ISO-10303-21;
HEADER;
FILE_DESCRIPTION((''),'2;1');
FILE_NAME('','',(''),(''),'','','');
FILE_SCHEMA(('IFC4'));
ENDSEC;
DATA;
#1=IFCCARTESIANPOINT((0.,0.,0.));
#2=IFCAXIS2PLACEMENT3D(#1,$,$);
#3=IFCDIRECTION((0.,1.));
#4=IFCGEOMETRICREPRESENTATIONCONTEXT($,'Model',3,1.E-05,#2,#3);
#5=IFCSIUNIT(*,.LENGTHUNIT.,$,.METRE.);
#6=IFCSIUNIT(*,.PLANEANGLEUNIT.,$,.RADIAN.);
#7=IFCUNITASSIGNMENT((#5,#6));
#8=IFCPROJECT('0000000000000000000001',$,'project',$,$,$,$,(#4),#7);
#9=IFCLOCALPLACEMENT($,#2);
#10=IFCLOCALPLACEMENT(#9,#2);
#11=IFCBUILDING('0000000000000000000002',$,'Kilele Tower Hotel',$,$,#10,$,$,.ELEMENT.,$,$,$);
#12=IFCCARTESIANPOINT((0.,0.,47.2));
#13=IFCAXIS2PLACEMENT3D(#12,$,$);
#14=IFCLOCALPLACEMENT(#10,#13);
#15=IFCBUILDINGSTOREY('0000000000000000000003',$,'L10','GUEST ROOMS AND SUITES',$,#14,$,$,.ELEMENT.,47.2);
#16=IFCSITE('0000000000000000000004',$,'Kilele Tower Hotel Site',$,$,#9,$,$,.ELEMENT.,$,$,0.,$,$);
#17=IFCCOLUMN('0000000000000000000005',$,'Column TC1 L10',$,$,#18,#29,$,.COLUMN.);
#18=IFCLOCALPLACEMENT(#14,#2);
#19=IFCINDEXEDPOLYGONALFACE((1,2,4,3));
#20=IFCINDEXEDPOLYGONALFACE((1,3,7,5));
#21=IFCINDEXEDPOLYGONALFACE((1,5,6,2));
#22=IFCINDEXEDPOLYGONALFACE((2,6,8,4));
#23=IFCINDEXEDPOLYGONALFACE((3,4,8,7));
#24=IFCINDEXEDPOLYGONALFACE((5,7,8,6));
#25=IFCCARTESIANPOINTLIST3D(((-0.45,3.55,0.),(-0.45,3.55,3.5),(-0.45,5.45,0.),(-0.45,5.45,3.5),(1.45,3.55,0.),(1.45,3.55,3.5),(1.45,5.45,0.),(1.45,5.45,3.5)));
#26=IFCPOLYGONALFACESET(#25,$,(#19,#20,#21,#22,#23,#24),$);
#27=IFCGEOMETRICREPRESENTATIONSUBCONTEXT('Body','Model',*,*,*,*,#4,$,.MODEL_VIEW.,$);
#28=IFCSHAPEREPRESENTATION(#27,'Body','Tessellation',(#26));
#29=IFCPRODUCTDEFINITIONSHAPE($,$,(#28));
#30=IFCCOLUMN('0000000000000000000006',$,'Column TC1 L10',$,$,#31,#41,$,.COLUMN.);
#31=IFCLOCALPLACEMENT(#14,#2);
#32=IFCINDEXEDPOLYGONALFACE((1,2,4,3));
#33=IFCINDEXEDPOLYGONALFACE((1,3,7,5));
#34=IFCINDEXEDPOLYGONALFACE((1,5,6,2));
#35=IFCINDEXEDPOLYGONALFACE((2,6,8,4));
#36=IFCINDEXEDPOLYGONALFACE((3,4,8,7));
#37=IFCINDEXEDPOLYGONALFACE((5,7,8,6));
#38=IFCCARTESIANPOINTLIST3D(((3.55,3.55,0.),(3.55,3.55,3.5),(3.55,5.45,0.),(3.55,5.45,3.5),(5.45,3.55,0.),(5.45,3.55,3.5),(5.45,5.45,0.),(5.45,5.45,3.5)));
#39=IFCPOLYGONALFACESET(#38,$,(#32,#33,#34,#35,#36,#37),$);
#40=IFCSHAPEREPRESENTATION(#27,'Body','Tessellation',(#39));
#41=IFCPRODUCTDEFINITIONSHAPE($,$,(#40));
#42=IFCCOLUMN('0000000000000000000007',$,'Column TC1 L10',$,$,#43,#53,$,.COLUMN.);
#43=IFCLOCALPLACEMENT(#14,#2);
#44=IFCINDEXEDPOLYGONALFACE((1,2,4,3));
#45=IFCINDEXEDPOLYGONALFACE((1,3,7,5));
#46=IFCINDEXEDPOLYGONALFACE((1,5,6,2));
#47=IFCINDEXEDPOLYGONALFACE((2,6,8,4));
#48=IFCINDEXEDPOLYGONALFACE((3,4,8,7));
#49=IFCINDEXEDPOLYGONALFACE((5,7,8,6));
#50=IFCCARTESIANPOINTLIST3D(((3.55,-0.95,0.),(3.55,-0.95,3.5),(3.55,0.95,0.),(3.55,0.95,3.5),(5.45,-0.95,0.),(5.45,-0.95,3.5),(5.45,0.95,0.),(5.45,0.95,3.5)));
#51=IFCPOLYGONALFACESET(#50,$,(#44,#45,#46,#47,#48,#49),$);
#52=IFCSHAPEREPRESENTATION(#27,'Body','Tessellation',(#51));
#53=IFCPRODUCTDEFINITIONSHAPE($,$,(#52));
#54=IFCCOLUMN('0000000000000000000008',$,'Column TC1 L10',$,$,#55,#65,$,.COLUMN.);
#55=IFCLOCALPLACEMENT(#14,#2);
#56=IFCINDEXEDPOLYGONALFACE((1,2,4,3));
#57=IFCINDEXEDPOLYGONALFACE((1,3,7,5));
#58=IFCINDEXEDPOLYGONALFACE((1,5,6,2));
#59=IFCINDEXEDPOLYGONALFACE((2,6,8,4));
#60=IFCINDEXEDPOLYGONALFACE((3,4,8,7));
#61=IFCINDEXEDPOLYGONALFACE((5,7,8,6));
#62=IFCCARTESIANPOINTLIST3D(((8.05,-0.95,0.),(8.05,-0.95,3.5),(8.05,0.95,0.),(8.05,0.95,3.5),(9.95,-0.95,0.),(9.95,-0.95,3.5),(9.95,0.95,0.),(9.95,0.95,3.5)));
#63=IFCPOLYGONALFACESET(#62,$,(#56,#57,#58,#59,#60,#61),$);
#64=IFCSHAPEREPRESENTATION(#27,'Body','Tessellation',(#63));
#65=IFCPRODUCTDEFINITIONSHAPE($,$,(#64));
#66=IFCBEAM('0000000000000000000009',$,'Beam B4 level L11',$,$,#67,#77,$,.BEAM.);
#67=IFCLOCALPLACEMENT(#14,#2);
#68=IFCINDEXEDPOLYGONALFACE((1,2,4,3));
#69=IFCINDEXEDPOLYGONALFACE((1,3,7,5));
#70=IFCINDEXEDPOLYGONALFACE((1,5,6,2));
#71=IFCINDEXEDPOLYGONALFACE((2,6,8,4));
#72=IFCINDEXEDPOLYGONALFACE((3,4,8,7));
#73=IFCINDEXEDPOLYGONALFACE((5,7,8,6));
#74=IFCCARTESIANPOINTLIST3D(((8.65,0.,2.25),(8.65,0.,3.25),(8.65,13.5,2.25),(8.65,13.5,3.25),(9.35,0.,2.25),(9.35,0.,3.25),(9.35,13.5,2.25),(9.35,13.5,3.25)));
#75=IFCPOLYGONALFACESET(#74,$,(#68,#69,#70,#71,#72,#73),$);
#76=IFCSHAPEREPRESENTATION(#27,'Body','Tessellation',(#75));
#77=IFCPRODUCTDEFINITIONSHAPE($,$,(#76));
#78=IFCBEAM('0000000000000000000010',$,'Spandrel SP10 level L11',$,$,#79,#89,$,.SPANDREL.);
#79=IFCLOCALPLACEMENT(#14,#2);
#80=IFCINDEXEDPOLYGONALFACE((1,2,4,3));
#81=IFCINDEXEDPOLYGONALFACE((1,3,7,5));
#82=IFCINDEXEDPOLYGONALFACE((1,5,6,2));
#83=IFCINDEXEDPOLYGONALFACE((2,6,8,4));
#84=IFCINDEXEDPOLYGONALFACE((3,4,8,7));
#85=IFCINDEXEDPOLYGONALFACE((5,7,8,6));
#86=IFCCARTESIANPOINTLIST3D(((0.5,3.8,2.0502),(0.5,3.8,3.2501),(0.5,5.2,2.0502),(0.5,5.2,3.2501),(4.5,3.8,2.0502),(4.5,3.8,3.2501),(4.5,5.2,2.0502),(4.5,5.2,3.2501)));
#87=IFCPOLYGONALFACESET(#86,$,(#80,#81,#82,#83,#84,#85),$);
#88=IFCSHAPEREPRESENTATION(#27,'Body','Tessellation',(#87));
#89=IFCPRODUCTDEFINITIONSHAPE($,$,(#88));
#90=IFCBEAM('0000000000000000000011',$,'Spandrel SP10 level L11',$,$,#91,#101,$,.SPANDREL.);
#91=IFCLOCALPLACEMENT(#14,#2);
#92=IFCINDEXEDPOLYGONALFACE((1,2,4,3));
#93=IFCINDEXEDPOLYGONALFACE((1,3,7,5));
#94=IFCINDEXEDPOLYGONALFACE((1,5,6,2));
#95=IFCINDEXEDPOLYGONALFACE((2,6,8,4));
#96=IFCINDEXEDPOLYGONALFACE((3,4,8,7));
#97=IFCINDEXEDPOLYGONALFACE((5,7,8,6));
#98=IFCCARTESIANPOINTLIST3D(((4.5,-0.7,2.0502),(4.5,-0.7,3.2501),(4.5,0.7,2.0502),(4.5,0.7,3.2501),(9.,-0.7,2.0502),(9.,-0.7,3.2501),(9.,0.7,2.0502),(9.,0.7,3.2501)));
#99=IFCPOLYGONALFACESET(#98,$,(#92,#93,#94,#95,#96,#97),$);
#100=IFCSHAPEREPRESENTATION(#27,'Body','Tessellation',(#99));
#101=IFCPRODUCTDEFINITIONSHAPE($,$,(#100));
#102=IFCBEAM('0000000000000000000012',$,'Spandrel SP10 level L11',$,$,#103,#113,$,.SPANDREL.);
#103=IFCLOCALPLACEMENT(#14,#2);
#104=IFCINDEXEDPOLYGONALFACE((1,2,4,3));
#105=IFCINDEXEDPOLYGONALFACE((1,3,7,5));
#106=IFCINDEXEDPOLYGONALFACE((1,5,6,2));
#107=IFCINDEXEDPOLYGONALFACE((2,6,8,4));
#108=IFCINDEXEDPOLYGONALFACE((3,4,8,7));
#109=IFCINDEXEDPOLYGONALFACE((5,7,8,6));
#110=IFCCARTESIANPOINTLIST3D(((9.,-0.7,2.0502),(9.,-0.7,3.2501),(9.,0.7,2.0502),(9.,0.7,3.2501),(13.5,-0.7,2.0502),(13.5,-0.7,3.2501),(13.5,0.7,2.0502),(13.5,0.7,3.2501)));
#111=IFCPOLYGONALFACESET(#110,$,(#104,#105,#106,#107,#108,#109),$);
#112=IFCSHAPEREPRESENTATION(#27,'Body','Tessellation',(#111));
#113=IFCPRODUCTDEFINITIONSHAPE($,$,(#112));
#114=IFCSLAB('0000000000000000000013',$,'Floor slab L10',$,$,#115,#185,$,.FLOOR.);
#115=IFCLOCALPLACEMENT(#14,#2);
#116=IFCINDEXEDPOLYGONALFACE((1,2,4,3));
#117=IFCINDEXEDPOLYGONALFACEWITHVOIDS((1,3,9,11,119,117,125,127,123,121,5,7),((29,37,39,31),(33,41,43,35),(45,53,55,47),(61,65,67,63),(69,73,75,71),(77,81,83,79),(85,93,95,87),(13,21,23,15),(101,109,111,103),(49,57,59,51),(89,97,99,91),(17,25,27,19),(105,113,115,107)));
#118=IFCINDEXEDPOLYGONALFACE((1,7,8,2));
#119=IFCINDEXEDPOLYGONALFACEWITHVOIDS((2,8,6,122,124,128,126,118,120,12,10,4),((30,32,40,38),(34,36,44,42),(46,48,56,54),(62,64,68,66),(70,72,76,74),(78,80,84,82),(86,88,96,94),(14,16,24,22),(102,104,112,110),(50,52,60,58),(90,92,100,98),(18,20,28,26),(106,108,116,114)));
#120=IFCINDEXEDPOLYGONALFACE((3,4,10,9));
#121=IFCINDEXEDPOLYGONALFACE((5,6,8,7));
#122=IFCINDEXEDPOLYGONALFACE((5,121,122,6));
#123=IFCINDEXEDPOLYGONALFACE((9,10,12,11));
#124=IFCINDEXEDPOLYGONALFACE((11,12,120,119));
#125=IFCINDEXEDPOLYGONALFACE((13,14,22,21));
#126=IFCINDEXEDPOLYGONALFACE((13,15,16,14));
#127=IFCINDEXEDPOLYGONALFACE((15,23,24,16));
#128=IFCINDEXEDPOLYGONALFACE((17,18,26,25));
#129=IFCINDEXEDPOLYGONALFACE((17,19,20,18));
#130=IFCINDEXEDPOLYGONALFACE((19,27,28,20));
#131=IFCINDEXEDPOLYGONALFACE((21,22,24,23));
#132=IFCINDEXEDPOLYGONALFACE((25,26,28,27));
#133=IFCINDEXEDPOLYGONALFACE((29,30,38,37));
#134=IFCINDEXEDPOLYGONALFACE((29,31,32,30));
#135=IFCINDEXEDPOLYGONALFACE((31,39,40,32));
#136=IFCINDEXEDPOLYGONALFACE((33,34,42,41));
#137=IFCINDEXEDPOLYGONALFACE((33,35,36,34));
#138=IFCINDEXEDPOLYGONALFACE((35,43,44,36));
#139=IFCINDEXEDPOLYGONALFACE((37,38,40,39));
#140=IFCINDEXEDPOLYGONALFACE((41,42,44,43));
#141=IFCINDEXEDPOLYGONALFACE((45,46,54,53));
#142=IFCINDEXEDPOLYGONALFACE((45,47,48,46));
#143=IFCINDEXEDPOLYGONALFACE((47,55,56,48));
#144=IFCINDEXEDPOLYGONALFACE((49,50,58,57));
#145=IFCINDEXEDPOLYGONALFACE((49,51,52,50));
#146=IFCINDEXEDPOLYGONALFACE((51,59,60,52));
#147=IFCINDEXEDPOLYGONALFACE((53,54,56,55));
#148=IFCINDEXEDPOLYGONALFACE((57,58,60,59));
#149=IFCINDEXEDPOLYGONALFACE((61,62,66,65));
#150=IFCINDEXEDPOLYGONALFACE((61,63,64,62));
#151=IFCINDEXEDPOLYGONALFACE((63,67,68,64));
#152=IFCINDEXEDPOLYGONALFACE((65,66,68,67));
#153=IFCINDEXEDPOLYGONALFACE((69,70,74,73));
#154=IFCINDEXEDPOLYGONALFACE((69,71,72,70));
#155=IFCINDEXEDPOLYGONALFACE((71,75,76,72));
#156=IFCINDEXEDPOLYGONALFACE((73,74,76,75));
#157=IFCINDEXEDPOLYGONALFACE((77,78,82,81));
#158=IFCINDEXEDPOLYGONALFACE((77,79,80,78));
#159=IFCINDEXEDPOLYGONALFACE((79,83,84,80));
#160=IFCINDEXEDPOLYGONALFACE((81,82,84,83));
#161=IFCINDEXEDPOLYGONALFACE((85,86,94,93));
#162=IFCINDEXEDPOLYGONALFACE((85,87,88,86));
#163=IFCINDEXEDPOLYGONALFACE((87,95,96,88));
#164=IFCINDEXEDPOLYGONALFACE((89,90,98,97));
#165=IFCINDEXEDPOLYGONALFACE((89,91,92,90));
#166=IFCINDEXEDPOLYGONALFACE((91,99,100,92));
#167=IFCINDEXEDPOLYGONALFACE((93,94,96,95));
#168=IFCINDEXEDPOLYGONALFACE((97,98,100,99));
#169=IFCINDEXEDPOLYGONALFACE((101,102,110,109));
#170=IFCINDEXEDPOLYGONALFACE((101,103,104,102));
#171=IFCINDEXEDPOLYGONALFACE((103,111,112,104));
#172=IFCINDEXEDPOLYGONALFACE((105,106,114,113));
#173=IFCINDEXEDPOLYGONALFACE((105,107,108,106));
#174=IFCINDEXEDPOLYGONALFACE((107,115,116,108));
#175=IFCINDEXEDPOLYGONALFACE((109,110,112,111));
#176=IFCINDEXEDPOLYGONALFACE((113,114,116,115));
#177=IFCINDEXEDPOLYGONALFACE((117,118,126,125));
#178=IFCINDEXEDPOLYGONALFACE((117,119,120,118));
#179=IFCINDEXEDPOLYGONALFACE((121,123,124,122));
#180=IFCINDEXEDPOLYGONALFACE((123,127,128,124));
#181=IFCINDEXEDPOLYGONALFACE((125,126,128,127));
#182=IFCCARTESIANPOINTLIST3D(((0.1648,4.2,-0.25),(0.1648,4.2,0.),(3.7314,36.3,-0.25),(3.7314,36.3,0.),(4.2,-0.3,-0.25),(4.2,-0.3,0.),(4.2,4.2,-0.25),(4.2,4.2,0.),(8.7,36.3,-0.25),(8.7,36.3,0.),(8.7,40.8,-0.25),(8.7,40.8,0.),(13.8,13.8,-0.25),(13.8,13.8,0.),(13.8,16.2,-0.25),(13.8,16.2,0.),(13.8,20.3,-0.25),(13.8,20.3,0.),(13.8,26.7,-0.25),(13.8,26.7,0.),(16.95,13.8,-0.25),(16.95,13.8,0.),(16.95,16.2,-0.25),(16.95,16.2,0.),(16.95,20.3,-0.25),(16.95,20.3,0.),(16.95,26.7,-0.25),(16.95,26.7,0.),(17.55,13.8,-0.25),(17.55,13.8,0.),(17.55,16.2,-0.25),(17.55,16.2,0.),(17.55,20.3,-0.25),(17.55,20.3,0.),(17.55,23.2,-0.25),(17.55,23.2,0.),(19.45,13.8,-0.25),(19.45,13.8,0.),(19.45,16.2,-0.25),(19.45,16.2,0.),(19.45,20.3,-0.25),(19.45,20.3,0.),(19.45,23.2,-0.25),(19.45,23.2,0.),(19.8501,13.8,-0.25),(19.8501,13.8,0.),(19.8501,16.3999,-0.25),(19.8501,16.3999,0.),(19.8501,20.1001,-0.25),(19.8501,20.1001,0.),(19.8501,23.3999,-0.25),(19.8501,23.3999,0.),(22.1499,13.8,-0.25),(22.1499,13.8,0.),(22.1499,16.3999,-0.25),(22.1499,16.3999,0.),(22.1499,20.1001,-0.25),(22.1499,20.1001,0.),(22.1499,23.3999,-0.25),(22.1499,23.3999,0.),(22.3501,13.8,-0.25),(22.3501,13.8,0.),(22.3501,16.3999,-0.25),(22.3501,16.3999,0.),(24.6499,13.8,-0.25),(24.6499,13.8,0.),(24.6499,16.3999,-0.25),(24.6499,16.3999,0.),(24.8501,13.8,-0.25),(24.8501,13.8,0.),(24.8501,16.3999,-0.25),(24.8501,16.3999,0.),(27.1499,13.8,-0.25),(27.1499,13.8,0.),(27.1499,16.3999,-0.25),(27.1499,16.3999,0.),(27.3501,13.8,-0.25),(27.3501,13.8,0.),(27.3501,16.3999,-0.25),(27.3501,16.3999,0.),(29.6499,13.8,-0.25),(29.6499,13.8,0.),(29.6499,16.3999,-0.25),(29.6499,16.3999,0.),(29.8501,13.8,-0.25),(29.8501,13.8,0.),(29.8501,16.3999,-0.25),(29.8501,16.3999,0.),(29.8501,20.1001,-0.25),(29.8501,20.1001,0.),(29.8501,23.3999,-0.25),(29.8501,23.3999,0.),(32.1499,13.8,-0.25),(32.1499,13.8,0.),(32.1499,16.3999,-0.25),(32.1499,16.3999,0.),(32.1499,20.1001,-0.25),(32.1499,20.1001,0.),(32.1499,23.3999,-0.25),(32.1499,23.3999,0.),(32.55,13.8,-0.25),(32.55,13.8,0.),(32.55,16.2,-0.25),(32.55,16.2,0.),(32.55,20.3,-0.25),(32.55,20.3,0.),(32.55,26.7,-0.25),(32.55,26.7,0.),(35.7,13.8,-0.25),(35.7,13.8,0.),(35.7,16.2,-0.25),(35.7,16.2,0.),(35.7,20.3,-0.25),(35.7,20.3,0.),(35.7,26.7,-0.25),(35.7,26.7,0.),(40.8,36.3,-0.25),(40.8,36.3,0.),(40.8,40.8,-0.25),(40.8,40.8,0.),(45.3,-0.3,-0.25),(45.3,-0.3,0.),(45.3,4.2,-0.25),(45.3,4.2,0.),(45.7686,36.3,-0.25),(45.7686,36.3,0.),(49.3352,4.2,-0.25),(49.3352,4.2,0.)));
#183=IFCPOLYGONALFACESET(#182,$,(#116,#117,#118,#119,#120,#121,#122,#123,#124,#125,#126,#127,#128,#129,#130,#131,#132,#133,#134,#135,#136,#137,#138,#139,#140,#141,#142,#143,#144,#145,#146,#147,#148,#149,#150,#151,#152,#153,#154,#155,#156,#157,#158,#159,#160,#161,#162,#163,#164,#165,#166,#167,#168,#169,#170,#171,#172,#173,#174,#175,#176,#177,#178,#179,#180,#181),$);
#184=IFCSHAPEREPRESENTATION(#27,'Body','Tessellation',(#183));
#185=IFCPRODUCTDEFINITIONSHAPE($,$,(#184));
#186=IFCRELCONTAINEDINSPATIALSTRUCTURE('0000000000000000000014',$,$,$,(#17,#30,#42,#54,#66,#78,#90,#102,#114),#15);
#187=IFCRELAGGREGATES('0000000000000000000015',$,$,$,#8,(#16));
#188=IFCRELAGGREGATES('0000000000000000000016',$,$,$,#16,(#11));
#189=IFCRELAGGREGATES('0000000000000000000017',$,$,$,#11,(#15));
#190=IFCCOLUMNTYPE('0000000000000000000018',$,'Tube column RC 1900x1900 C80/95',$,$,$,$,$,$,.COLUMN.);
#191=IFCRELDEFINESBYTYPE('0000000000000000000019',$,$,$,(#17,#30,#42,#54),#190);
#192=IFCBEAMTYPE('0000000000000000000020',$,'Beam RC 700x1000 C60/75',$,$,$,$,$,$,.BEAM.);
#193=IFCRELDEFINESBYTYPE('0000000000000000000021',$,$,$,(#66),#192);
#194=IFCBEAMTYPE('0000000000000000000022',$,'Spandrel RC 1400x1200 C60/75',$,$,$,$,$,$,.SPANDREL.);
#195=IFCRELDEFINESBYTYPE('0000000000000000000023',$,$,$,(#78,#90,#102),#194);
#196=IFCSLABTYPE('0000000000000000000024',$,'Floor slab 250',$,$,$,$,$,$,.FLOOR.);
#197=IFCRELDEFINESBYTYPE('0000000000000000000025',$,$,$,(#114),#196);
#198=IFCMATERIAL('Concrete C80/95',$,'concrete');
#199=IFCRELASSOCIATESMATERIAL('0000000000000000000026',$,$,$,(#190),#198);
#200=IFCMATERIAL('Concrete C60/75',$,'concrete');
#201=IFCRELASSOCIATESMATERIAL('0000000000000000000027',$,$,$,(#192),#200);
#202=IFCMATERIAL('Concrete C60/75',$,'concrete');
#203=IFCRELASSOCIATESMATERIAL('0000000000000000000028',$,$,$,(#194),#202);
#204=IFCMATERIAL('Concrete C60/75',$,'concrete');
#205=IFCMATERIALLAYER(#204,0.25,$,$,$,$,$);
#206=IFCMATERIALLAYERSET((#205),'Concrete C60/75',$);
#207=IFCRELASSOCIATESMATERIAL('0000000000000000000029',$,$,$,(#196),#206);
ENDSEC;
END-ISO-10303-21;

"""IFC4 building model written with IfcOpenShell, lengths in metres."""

from ifc_helpers import new_model, si_unit, direction, frame, origin, origin_2d, place, context, subcontext, project, spatial, polyline, rectangle, outline, extrude, material, layer, layer_set, material_profile, profile_set, type_object, element, save


model = new_model("IFC4")

# Units and contexts
model_context = context("Model", 3, precision=1e-05, world=origin(), true_north=direction((0.0, 1.0)))
body_context = subcontext(model_context, "Body", "Model", "MODEL_VIEW")
ifc_project = project(units=[si_unit("LENGTHUNIT", "METRE"), si_unit("PLANEANGLEUNIT", "RADIAN")], contexts=[model_context])

# Site, building, storey
site_placement = place(None, origin())
site = spatial("IfcSite", under=ifc_project, at=site_placement, Name="Kilele Tower Hotel Site", CompositionType="ELEMENT", RefElevation=0.0)
building_placement = place(site_placement, origin())
building = spatial("IfcBuilding", under=site, at=building_placement, Name="Kilele Tower Hotel", CompositionType="ELEMENT")
storey_placement = place(building_placement, frame((0.0, 0.0, 47.2)))
storey = spatial("IfcBuildingStorey", under=building, at=storey_placement, Name="L10", Description="GUEST ROOMS AND SUITES", CompositionType="ELEMENT", Elevation=47.2)

# Columns
ifc_material_1 = material(Name="Concrete C80/95", Category="concrete")
ifc_material_profile_1 = material_profile(ifc_material_1, rectangle(XDim=1.8999, YDim=1.8999, at=origin_2d()))
ifc_profile_set_1 = profile_set([ifc_material_profile_1], Name="Concrete C80/95")
column_type = type_object("IfcColumnType", Name="Tube column RC 1900x1900 C80/95", PredefinedType="COLUMN", material=ifc_profile_set_1)
for number, where, z_axis, x_axis, name in (
    (1, (0.5, 4.5, 0.0), (0.0, 0.0, 1.0), (1.0, 0.0, 0.0), "Column TC1 L10"),
    (2, (4.5, 4.5, 0.0), (0.0, 0.0, 1.0), (1.0, 0.0, 0.0), "Column TC1 L10"),
    (3, (4.5, 0.0, 0.0), (0.0, 0.0, 1.0), (1.0, 0.0, 0.0), "Column TC1 L10"),
    (4, (9.0, 0.0, 0.0), (0.0, 0.0, 1.0), (1.0, 0.0, 0.0), "Column TC1 L10"),
):
    element("IfcColumn", number, at=place(storey_placement, frame(where, z_axis=z_axis, x_axis=x_axis)), inside=storey, type_object=column_type, Name=name, PredefinedType="COLUMN", context=body_context, shape_type="SweptSolid", body=[
        extrude(rectangle(XDim=1.8999, YDim=1.8999, at=origin_2d()), origin(), (0.0, 0.0, 1.0), 3.5),
    ])

# Beams
ifc_material_2 = material(Name="Concrete C60/75", Category="concrete")
ifc_material_profile_2 = material_profile(ifc_material_2, rectangle(XDim=0.7, YDim=1.0, at=origin_2d()))
ifc_profile_set_2 = profile_set([ifc_material_profile_2], Name="Concrete C60/75")
beam_type_1 = type_object("IfcBeamType", Name="Beam RC 700x1000 C60/75", PredefinedType="BEAM", material=ifc_profile_set_2)
beam_1_placement = place(storey_placement, frame((9.0, 0.0, 2.75), z_axis=(0.0, 1.0, 0.0), x_axis=(-1.0, 0.0, 0.0)))
element("IfcBeam", 5, at=beam_1_placement, inside=storey, type_object=beam_type_1, Name="Beam B4 level L11", PredefinedType="BEAM", context=body_context, shape_type="SweptSolid", body=[
    extrude(rectangle(XDim=0.7, YDim=1.0, at=origin_2d()), origin(), (0.0, 0.0, 1.0), 13.5),
])
ifc_material_3 = material(Name="Concrete C60/75", Category="concrete")
ifc_material_profile_3 = material_profile(ifc_material_3, rectangle(XDim=1.3999, YDim=1.2, at=origin_2d()))
ifc_profile_set_3 = profile_set([ifc_material_profile_3], Name="Concrete C60/75")
beam_type_2 = type_object("IfcBeamType", Name="Spandrel RC 1400x1200 C60/75", PredefinedType="SPANDREL", material=ifc_profile_set_3)
beam_2_placement = place(storey_placement, frame((0.5, 4.5, 2.6501), z_axis=(1.0, 0.0, 0.0), x_axis=(0.0, 1.0, 0.0)))
element("IfcBeam", 6, at=beam_2_placement, inside=storey, type_object=beam_type_2, Name="Spandrel SP10 level L11", PredefinedType="SPANDREL", context=body_context, shape_type="SweptSolid", body=[
    extrude(rectangle(XDim=1.3999, YDim=1.2, at=origin_2d()), origin(), (0.0, 0.0, 1.0), 4.0),
])
for number, where, z_axis, x_axis, name in (
    (7, (4.5, 0.0, 2.6501), (1.0, 0.0, 0.0), (0.0, 1.0, 0.0), "Spandrel SP10 level L11"),
    (8, (9.0, 0.0, 2.6501), (1.0, 0.0, 0.0), (0.0, 1.0, 0.0), "Spandrel SP10 level L11"),
):
    element("IfcBeam", number, at=place(storey_placement, frame(where, z_axis=z_axis, x_axis=x_axis)), inside=storey, type_object=beam_type_2, Name=name, PredefinedType="SPANDREL", context=body_context, shape_type="SweptSolid", body=[
        extrude(rectangle(XDim=1.3999, YDim=1.2, at=origin_2d()), origin(), (0.0, 0.0, 1.0), 4.5),
    ])

# Slab
ifc_material_4 = material(Name="Concrete C60/75", Category="concrete")
ifc_layer_1 = layer(ifc_material_4, 0.25)
ifc_layer_set_1 = layer_set([ifc_layer_1], Name="Concrete C60/75")
slab_type_1 = type_object("IfcSlabType", Name="Floor slab 250", PredefinedType="FLOOR", material=ifc_layer_set_1)
slab_1_placement = place(storey_placement, frame((0.0, 0.0, -0.25)))
element("IfcSlab", 9, at=slab_1_placement, inside=storey, type_object=slab_type_1, Name="Floor slab L10", PredefinedType="FLOOR", context=body_context, shape_type="SweptSolid", body=[
    extrude(outline(polyline([(8.7, 36.3), (8.7, 40.8), (40.8, 40.8), (40.8, 36.3), (45.7686, 36.3), (49.3352, 4.2), (45.3, 4.2), (45.3, -0.3), (4.2, -0.3), (4.2, 4.2), (0.1648, 4.2), (3.7314, 36.3), (8.7, 36.3)]), holes=[polyline([(16.95, 16.2), (13.8, 16.2), (13.8, 13.8), (16.95, 13.8), (16.95, 16.2)]), polyline([(19.45, 13.8), (19.45, 16.2), (17.55, 16.2), (17.55, 13.8), (19.45, 13.8)]), polyline([(22.1499, 13.8), (22.1499, 16.3999), (19.8501, 16.3999), (19.8501, 13.8), (22.1499, 13.8)]), polyline([(24.6499, 16.3999), (22.3501, 16.3999), (22.3501, 13.8), (24.6499, 13.8), (24.6499, 16.3999)]), polyline([(19.45, 20.3), (19.45, 23.2), (17.55, 23.2), (17.55, 20.3), (19.45, 20.3)]), polyline([(22.1499, 20.1001), (22.1499, 23.3999), (19.8501, 23.3999), (19.8501, 20.1001), (22.1499, 20.1001)]), polyline([(16.95, 26.7), (13.8, 26.7), (13.8, 20.3), (16.95, 20.3), (16.95, 26.7)]), polyline([(35.7, 13.8), (35.7, 16.2), (32.55, 16.2), (32.55, 13.8), (35.7, 13.8)]), polyline([(27.1499, 13.8), (27.1499, 16.3999), (24.8501, 16.3999), (24.8501, 13.8), (27.1499, 13.8)]), polyline([(29.6499, 13.8), (29.6499, 16.3999), (27.3501, 16.3999), (27.3501, 13.8), (29.6499, 13.8)]), polyline([(32.1499, 13.8), (32.1499, 16.3999), (29.8501, 16.3999), (29.8501, 13.8), (32.1499, 13.8)]), polyline([(32.1499, 20.1001), (32.1499, 23.3999), (29.8501, 23.3999), (29.8501, 20.1001), (32.1499, 20.1001)]), polyline([(35.7, 20.3), (35.7, 26.7), (32.55, 26.7), (32.55, 20.3), (35.7, 20.3)])]), origin(), (0.0, 0.0, 1.0), 0.25),
])

save(model, "model.ifc")
